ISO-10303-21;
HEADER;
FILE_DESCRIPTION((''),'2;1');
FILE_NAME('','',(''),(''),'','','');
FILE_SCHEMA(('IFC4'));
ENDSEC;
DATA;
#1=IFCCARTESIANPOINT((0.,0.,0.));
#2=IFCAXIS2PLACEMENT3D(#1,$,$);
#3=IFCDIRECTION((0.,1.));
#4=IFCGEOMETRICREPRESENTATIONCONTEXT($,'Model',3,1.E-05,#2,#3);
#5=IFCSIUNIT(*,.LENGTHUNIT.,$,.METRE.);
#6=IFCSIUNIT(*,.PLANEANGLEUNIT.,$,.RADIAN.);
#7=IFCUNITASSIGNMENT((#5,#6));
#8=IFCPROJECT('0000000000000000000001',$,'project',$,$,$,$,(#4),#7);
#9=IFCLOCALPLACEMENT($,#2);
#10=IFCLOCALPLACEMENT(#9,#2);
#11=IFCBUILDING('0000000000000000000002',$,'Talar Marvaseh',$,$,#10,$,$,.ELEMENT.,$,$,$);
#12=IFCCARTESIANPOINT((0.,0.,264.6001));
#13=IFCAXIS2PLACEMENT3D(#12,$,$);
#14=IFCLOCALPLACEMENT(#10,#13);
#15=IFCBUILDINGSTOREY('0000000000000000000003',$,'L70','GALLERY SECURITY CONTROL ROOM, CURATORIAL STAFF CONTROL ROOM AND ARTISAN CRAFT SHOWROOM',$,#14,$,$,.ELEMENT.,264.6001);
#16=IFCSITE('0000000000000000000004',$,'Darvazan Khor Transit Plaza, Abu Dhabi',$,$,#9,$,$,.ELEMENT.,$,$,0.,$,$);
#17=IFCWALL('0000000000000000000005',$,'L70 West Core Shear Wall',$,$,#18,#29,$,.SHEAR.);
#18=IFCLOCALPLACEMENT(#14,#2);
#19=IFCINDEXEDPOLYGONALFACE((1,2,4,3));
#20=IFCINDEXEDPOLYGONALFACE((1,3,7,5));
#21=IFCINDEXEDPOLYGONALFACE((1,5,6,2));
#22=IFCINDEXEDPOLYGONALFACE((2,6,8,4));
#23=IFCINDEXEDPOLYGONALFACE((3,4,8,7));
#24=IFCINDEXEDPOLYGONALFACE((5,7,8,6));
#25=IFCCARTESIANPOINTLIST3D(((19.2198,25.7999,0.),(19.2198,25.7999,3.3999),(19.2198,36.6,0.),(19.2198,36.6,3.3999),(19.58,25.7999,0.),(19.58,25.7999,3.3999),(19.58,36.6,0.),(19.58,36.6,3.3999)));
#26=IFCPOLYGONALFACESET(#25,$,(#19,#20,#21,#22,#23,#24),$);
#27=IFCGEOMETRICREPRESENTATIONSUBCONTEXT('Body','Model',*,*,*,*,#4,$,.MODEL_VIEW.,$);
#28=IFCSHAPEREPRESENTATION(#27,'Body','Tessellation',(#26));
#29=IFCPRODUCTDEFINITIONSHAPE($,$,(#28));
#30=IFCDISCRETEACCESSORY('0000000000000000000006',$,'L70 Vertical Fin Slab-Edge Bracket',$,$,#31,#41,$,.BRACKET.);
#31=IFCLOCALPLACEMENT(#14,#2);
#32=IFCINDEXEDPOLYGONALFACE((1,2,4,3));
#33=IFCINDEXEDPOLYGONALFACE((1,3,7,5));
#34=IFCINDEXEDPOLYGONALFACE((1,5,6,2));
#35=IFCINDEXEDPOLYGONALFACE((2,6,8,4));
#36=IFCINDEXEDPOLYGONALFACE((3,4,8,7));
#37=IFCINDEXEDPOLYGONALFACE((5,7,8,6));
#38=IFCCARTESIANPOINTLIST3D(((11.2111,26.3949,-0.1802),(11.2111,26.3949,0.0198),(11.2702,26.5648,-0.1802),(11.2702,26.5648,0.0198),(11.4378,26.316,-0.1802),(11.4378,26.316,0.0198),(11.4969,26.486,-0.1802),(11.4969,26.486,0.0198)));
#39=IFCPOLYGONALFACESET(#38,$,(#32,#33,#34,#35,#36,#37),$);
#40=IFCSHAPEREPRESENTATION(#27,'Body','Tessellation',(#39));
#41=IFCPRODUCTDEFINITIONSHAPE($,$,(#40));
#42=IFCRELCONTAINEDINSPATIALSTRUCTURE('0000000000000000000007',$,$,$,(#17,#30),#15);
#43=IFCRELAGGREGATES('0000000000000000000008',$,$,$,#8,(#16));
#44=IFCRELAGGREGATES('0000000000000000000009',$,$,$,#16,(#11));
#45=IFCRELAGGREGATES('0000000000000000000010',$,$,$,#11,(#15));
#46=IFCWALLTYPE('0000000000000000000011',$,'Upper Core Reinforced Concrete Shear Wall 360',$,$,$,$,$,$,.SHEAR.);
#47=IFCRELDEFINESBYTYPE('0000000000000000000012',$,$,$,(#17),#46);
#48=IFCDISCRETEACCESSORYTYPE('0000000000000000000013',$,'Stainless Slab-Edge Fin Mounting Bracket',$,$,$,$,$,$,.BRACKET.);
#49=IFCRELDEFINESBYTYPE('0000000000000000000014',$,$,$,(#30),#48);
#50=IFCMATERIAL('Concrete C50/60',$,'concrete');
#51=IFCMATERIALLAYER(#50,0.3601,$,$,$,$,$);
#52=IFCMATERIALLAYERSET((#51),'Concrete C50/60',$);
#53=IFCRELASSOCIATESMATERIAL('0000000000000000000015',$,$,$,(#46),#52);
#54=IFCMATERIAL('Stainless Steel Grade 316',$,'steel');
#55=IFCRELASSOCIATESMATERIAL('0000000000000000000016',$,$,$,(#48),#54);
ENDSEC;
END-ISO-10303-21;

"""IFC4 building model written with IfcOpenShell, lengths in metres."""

from ifc_helpers import new_model, si_unit, direction, frame, frame_2d, origin, origin_2d, place, context, subcontext, project, spatial, rectangle, extrude, source, transform, mapped, material, layer, layer_set, type_object, type_shapes, element, save


model = new_model("IFC4")

# Units and contexts
model_context = context("Model", 3, precision=1e-05, world=origin(), true_north=direction((0.0, 1.0)))
body_context = subcontext(model_context, "Body", "Model", "MODEL_VIEW")
ifc_project = project(units=[si_unit("LENGTHUNIT", "METRE"), si_unit("PLANEANGLEUNIT", "RADIAN")], contexts=[model_context])

# Site, building, storey
site_placement = place(None, origin())
site = spatial("IfcSite", under=ifc_project, at=site_placement, Name="Darvazan Khor Transit Plaza, Abu Dhabi", CompositionType="ELEMENT", RefElevation=0.0)
building_placement = place(site_placement, origin())
building = spatial("IfcBuilding", under=site, at=building_placement, Name="Talar Marvaseh", CompositionType="ELEMENT")
storey_placement = place(building_placement, frame((0.0, 0.0, 264.6001)))
storey = spatial("IfcBuildingStorey", under=building, at=storey_placement, Name="L70", Description="GALLERY SECURITY CONTROL ROOM, CURATORIAL STAFF CONTROL ROOM AND ARTISAN CRAFT SHOWROOM", CompositionType="ELEMENT", Elevation=264.6001)

# Shared definitions
ifc_material_1 = material(Name="Concrete C50/60", Category="concrete")

# Wall
ifc_layer_1 = layer(ifc_material_1, 0.3601)
ifc_layer_set_1 = layer_set([ifc_layer_1], Name="Concrete C50/60")
wall_type_1 = type_object("IfcWallType", Name="Upper Core Reinforced Concrete Shear Wall 360", PredefinedType="SHEAR", material=ifc_layer_set_1)
wall_1_placement = place(storey_placement, frame((19.3999, 25.8, 0.0), z_axis=(0.0, 0.0, 1.0), x_axis=(0.0, 1.0, 0.0)))
element("IfcWall", 1, at=wall_1_placement, inside=storey, type_object=wall_type_1, Name="L70 West Core Shear Wall", PredefinedType="SHEAR", context=body_context, shape_type="SweptSolid", body=[
    extrude(rectangle(XDim=10.8, YDim=0.3601, at=frame_2d((5.3999, 0.0))), origin(), (0.0, 0.0, 1.0), 3.3999),
])

# Discrete accessory
ifc_material_2 = material(Name="Stainless Steel Grade 316", Category="steel")
discrete_accessory_type = type_object("IfcDiscreteAccessoryType", Name="Stainless Slab-Edge Fin Mounting Bracket", PredefinedType="BRACKET", material=ifc_material_2)
shared_shape_1 = source(origin(), body_context, "Body", "SweptSolid", [
    extrude(rectangle(XDim=0.24, YDim=0.1799, at=origin_2d()), origin(), (0.0, 0.0, 1.0), 0.2),
])
type_shapes(discrete_accessory_type, [shared_shape_1])
discrete_accessory_placement = place(storey_placement, frame((11.354, 26.4404, -0.1802), z_axis=(0.0, 0.0, 1.0), x_axis=(-0.944491, 0.328537, 0.0)))
element("IfcDiscreteAccessory", 2, at=discrete_accessory_placement, inside=storey, type_object=discrete_accessory_type, Name="L70 Vertical Fin Slab-Edge Bracket", PredefinedType="BRACKET", context=body_context, shape_type="MappedRepresentation", body=[
    mapped(shared_shape_1, transform((0.0, 0.0, 0.0), x_axis=(1.0, 0.0, 0.0), y_axis=(0.0, 1.0, 0.0), z_axis=(0.0, 0.0, 1.0), scale=1.0)),
])

save(model, "model.ifc")
